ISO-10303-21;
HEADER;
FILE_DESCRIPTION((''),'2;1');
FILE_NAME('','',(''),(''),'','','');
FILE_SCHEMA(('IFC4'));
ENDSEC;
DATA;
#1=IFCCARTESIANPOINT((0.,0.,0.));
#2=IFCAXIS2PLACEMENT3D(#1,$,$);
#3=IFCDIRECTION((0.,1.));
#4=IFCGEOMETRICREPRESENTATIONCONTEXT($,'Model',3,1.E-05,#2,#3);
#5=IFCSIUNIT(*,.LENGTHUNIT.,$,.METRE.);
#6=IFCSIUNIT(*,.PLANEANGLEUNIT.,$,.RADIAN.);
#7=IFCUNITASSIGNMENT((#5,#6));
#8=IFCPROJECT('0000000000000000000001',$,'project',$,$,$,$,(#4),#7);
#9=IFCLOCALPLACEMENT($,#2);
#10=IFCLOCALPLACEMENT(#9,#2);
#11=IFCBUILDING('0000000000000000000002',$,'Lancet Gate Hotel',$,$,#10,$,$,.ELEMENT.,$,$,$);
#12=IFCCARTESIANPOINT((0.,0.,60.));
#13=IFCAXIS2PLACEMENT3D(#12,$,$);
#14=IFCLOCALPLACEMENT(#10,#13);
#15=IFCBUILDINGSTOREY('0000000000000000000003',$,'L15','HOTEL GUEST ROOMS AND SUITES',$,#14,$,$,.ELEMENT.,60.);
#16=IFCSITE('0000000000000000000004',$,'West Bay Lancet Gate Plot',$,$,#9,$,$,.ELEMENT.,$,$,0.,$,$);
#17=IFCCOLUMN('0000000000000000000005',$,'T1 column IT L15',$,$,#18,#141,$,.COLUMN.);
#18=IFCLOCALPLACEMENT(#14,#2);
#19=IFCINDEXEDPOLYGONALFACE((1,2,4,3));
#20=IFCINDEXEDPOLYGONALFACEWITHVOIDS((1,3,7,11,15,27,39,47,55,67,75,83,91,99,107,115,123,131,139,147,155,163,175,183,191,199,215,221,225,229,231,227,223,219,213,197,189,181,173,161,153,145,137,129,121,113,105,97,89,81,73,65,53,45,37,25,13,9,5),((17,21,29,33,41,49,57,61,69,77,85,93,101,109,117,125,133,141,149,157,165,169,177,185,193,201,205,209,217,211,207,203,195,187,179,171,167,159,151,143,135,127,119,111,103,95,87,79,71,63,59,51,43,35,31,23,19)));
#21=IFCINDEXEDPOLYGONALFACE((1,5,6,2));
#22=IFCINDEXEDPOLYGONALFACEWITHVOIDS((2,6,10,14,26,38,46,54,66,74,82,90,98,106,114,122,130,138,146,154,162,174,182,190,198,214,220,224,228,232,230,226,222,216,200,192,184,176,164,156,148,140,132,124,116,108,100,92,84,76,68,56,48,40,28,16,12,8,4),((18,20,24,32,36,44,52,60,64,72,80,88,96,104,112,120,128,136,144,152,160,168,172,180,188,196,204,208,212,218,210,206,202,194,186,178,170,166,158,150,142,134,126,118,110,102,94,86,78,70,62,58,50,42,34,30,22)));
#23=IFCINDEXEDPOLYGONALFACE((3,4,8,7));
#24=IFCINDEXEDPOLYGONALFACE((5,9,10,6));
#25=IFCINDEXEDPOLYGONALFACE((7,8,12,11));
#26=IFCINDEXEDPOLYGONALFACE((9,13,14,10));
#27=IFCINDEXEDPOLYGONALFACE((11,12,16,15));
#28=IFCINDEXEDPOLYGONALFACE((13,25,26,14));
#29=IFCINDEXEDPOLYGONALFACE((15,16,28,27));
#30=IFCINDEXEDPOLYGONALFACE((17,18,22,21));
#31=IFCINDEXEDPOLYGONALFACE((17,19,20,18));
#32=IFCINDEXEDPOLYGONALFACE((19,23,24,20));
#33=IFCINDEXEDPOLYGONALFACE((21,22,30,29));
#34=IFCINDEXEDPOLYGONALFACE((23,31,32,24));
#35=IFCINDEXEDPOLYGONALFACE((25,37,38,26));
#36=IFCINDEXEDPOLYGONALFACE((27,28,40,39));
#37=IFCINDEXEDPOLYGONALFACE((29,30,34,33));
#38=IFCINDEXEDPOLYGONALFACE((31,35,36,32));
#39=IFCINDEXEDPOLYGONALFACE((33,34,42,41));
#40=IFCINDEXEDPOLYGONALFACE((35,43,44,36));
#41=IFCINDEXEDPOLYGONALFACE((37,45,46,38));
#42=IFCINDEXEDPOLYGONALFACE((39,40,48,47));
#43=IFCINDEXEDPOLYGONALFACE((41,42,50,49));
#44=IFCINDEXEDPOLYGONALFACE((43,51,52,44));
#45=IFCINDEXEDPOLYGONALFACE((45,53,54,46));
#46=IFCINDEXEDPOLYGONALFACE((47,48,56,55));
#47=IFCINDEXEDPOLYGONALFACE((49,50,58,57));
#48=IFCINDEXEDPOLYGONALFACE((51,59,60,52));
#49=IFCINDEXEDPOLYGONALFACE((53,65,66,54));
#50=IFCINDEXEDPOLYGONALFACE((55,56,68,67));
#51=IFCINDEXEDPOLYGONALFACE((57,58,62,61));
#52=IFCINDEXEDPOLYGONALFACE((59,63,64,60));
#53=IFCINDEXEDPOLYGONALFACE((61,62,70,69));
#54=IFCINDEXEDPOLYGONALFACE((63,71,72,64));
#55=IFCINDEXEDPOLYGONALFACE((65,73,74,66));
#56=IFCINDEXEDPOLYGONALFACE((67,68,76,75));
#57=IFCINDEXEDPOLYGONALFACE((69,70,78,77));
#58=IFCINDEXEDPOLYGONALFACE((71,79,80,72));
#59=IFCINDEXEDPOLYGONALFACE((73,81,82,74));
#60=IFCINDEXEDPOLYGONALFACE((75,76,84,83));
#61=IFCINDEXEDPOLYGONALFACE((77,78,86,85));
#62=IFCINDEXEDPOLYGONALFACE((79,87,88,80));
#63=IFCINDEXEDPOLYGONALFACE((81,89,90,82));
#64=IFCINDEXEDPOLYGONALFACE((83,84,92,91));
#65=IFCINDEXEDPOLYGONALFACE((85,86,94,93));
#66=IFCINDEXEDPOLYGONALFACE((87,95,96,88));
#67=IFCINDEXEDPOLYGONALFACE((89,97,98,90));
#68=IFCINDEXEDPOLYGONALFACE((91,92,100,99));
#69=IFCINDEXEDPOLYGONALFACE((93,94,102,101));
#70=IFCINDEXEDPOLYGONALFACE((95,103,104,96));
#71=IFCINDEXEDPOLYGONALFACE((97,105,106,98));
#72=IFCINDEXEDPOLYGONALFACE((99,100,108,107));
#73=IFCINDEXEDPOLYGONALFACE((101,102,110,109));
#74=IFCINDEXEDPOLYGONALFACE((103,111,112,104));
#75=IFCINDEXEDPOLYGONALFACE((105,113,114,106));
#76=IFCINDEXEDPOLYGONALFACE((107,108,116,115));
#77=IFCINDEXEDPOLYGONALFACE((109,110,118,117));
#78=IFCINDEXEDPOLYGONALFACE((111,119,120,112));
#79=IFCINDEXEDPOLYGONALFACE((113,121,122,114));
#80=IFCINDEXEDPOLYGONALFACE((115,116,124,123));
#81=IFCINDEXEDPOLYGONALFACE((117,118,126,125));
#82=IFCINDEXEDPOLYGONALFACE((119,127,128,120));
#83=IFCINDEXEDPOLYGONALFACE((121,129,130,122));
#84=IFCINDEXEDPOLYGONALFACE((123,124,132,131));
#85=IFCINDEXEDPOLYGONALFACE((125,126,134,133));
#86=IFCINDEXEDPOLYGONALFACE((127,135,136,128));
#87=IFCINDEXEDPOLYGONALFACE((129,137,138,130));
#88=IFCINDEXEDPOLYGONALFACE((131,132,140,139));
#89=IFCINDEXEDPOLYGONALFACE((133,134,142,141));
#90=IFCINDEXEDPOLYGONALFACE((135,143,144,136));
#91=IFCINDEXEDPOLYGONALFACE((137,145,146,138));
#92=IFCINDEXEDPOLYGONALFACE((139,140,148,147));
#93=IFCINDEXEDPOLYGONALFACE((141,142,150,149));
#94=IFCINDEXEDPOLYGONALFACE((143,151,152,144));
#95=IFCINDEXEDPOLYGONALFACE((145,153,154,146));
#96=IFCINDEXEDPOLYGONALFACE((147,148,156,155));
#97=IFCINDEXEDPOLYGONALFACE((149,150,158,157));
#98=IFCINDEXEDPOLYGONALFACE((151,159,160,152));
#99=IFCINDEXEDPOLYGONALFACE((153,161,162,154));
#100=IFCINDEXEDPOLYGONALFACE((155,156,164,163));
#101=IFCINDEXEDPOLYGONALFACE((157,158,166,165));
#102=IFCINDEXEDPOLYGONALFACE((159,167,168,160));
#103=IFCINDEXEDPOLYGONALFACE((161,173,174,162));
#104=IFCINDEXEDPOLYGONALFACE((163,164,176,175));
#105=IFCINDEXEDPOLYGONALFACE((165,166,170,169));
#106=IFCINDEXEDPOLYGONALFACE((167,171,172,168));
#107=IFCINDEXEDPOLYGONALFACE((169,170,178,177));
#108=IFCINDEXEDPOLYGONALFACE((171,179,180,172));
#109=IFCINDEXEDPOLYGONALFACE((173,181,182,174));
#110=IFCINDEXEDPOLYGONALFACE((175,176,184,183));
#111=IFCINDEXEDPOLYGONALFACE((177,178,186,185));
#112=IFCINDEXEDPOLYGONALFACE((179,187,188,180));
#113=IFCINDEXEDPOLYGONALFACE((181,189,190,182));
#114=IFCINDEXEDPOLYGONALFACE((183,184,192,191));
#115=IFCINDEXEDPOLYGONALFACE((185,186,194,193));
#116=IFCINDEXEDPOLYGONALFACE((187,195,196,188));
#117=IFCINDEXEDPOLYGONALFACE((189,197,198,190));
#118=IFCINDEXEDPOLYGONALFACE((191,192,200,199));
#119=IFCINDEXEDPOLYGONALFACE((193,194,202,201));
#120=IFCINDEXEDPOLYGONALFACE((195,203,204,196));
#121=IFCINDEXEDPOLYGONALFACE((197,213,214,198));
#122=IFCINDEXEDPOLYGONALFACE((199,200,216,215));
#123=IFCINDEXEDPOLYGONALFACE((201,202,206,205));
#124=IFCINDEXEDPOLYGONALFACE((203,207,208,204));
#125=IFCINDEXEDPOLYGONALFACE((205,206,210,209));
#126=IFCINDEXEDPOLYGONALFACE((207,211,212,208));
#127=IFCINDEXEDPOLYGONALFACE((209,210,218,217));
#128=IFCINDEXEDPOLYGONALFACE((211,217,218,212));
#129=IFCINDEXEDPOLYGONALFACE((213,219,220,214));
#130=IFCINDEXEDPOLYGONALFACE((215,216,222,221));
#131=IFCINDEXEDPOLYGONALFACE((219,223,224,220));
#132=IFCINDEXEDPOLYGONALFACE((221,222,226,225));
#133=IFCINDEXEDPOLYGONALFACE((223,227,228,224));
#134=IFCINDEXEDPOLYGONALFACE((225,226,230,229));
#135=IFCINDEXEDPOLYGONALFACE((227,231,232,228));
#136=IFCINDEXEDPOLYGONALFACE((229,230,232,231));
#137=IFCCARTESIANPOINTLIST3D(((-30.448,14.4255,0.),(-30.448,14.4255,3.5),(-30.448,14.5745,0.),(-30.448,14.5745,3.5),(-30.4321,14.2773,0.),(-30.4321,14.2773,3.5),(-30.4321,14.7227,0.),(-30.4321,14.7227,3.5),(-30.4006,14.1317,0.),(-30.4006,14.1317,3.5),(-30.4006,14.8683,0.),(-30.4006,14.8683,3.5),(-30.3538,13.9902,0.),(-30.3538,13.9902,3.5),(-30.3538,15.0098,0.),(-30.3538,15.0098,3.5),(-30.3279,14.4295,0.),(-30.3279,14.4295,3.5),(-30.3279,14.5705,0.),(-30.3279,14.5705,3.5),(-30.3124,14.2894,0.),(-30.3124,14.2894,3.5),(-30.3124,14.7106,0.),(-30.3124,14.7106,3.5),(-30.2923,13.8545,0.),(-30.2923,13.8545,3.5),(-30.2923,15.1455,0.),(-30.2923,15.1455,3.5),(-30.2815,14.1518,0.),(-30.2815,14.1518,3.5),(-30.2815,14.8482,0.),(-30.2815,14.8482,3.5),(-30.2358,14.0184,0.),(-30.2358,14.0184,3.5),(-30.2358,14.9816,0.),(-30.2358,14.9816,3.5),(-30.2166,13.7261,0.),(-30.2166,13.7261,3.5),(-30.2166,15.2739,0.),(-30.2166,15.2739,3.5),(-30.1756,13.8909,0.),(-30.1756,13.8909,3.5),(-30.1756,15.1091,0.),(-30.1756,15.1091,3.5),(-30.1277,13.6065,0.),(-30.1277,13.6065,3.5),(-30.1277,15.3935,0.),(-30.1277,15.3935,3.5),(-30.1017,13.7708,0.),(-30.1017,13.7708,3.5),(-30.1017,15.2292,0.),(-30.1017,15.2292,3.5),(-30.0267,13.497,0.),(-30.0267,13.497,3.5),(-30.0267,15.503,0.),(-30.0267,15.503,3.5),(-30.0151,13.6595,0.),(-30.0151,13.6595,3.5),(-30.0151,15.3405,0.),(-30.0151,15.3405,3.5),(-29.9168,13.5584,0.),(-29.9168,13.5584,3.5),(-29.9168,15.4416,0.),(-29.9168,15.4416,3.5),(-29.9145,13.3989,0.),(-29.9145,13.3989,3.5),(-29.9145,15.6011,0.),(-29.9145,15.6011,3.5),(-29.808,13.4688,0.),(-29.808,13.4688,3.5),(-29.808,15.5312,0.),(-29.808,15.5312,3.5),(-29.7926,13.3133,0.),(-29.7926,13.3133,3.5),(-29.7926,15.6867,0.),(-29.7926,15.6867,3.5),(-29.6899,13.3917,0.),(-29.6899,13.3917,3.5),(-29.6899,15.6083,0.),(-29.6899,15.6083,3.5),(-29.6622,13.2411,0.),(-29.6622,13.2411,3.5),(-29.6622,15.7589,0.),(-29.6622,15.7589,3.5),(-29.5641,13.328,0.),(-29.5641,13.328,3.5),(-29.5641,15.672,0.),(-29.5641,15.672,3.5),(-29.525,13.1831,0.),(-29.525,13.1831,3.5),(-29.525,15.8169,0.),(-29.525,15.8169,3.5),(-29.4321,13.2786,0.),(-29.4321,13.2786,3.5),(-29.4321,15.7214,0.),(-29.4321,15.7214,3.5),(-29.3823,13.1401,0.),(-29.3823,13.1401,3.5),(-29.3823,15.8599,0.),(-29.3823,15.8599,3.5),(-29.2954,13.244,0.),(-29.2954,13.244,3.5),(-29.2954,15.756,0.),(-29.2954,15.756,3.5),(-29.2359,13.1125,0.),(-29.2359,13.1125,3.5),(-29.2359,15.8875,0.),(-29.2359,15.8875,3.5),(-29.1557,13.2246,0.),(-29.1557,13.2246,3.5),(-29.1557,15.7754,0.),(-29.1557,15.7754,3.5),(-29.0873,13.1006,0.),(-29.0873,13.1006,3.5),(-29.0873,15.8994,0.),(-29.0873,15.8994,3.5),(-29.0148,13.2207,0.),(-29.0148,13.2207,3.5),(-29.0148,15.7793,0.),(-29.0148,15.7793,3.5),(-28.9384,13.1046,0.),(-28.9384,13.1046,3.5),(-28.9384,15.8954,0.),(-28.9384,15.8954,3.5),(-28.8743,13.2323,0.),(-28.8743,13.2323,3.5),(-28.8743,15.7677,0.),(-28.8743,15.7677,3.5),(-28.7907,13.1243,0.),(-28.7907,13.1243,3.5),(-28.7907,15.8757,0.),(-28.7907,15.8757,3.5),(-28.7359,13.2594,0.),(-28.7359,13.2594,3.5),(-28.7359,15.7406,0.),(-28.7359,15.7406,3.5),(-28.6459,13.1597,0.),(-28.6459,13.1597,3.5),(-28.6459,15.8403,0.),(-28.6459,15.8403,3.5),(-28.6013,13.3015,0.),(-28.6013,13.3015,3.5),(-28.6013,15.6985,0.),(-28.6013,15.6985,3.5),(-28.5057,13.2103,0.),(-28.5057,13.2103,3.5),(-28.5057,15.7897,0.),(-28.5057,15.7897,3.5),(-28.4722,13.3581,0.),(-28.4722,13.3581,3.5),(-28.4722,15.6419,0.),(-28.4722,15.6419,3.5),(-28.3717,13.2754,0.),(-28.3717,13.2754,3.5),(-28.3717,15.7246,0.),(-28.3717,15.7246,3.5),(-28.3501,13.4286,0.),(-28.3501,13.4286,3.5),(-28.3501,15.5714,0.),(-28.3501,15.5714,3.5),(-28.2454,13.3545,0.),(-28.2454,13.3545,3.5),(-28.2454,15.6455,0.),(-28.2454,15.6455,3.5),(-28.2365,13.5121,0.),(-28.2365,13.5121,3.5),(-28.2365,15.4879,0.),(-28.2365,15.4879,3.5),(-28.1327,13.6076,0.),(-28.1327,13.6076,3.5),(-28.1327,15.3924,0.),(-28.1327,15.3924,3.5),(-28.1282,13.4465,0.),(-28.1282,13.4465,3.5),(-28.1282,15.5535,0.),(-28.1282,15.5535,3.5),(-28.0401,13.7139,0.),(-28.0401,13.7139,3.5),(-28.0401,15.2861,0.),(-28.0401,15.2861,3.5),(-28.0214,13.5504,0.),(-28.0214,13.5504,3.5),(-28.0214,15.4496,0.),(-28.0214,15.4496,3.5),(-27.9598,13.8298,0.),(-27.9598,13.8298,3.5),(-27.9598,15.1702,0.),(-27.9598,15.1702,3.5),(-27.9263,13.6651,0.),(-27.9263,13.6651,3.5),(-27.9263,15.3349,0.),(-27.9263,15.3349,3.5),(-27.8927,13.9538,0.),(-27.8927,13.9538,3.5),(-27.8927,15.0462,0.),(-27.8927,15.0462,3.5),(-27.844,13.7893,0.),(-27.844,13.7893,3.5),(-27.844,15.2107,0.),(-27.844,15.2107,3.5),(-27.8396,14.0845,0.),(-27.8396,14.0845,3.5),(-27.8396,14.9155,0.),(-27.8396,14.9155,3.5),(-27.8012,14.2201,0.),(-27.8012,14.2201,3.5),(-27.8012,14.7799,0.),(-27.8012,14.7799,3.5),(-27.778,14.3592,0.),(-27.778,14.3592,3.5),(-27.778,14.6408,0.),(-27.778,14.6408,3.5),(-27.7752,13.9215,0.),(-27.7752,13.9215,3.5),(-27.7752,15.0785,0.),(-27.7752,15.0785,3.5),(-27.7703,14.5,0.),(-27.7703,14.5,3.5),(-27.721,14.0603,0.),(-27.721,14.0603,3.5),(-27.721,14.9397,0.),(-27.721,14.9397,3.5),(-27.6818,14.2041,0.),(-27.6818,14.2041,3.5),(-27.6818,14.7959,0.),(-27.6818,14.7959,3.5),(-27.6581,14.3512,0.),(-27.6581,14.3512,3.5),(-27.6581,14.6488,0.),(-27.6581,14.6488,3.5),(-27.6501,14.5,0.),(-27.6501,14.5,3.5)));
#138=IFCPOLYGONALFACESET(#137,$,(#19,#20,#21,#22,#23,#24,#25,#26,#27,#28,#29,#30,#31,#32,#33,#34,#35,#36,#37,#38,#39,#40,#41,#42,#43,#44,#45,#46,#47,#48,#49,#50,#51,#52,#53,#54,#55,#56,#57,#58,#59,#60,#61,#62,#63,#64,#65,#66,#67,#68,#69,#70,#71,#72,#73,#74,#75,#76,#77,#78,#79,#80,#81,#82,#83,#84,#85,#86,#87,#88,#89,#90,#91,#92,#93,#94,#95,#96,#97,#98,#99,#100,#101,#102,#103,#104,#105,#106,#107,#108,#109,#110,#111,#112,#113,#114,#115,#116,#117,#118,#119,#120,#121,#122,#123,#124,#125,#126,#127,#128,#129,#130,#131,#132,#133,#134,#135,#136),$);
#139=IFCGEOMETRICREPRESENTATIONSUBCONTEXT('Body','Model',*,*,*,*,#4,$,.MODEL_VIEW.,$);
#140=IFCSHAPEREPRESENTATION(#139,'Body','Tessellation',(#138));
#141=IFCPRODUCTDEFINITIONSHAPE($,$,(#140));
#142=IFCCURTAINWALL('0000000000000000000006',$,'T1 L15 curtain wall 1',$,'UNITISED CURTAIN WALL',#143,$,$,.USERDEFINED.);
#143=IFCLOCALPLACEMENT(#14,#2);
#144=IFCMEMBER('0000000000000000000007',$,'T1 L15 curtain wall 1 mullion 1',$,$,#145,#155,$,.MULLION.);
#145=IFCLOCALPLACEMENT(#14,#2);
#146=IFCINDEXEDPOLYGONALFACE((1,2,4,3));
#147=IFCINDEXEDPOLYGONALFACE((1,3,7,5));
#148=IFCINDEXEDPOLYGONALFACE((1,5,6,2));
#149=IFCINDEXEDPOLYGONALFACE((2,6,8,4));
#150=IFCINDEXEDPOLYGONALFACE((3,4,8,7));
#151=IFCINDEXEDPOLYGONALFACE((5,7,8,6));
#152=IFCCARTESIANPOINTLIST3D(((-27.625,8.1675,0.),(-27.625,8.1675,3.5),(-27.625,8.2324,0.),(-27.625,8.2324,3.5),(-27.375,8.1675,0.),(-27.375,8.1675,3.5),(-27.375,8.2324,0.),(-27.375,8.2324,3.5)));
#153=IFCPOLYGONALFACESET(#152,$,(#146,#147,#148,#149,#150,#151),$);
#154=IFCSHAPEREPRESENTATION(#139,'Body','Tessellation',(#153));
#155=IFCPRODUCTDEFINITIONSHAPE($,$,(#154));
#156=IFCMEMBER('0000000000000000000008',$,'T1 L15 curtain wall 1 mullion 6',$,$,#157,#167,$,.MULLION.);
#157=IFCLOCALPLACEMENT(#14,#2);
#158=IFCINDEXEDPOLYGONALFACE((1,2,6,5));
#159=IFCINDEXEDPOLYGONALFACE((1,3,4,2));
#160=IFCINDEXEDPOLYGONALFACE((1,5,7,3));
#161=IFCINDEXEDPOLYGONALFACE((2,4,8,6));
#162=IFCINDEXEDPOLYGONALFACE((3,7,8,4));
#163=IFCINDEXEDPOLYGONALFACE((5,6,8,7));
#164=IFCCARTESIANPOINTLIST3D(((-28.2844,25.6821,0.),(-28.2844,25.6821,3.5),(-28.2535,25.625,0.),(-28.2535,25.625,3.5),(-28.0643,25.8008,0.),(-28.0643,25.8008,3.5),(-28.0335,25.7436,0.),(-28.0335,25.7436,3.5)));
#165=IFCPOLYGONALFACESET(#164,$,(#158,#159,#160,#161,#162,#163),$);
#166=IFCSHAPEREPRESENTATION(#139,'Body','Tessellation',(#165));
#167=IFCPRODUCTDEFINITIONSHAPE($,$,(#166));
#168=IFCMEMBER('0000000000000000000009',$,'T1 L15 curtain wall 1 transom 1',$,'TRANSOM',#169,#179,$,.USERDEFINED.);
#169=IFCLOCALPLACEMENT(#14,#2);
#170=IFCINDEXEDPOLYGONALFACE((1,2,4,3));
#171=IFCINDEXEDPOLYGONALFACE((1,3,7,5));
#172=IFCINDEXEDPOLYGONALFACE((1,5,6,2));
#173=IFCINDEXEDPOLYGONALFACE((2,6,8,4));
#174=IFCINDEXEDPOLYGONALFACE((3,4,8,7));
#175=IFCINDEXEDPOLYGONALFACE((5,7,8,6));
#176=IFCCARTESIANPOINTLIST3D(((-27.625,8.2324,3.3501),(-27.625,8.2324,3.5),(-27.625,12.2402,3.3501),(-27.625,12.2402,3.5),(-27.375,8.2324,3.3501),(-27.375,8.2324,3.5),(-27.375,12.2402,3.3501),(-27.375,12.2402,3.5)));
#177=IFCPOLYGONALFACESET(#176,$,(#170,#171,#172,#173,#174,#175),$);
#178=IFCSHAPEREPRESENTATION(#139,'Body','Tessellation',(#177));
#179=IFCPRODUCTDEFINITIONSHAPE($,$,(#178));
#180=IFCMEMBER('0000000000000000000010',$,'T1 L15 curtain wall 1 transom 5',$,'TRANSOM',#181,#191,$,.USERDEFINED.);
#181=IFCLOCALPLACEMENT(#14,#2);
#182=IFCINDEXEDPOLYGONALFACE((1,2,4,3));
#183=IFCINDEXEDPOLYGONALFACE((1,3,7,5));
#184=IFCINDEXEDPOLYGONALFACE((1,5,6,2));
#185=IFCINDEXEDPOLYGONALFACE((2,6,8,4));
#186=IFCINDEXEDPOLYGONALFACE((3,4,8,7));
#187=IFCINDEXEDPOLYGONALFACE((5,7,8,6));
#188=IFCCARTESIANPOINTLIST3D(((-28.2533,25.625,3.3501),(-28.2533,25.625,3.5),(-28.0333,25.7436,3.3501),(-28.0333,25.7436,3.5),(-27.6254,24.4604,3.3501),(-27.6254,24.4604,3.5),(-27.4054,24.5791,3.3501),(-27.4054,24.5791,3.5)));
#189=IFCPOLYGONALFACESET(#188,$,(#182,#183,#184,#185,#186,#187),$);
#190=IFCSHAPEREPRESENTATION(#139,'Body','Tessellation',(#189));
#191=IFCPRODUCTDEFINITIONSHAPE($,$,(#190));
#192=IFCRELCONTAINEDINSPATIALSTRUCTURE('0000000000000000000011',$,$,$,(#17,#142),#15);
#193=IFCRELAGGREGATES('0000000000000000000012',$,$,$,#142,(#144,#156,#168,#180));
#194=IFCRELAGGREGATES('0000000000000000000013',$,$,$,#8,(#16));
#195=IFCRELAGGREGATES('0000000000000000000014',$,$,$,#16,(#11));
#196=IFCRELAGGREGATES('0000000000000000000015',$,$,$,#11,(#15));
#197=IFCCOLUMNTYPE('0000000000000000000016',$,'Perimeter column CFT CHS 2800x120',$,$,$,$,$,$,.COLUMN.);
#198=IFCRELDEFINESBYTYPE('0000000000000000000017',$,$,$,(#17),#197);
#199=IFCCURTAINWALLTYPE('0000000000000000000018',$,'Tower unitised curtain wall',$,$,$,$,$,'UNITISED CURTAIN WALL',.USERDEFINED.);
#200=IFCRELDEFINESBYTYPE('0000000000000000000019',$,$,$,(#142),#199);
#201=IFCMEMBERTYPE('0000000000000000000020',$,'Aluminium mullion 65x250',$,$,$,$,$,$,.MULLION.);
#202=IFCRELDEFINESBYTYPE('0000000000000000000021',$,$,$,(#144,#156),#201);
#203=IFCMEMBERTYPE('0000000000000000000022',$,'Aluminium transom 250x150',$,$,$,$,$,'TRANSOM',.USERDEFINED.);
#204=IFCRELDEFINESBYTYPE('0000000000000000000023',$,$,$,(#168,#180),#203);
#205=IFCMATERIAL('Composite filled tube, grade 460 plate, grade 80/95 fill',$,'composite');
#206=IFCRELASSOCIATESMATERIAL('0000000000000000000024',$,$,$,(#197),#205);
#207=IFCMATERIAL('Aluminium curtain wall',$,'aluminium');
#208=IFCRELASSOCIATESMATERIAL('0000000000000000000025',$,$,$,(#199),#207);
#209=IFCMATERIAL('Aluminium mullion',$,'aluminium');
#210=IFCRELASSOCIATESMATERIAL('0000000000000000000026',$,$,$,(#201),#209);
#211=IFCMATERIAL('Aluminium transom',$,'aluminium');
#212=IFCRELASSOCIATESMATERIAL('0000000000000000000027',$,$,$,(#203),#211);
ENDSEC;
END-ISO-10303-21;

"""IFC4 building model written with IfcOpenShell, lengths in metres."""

from ifc_helpers import new_model, si_unit, direction, frame, origin, origin_2d, place, context, subcontext, project, spatial, rectangle, hollow_circle, extrude, material, material_profile, profile_set, type_object, element, aggregate, save


model = new_model("IFC4")

# Units and contexts
model_context = context("Model", 3, precision=1e-05, world=origin(), true_north=direction((0.0, 1.0)))
body_context = subcontext(model_context, "Body", "Model", "MODEL_VIEW")
ifc_project = project(units=[si_unit("LENGTHUNIT", "METRE"), si_unit("PLANEANGLEUNIT", "RADIAN")], contexts=[model_context])

# Site, building, storey
site_placement = place(None, origin())
site = spatial("IfcSite", under=ifc_project, at=site_placement, Name="West Bay Lancet Gate Plot", CompositionType="ELEMENT", RefElevation=0.0)
building_placement = place(site_placement, origin())
building = spatial("IfcBuilding", under=site, at=building_placement, Name="Lancet Gate Hotel", CompositionType="ELEMENT")
storey_placement = place(building_placement, frame((0.0, 0.0, 60.0)))
storey = spatial("IfcBuildingStorey", under=building, at=storey_placement, Name="L15", Description="HOTEL GUEST ROOMS AND SUITES", CompositionType="ELEMENT", Elevation=60.0)

# Column
ifc_material_1 = material(Name="Composite filled tube, grade 460 plate, grade 80/95 fill", Category="composite")
ifc_material_profile_1 = material_profile(ifc_material_1, hollow_circle(Radius=1.3999, WallThickness=0.1201, at=origin_2d()), Name="CHS 2800x120")
ifc_profile_set_1 = profile_set([ifc_material_profile_1], Name="Composite filled tube, grade 460 plate, grade 80/95 fill")
column_type = type_object("IfcColumnType", Name="Perimeter column CFT CHS 2800x120", PredefinedType="COLUMN", material=ifc_profile_set_1)
for number, where, z_axis, x_axis, name in (
    (1, (-29.05, 14.5, 0.0), (0.0, 0.0, 1.0), (1.0, 0.0, 0.0), "T1 column IT L15"),
):
    element("IfcColumn", number, at=place(storey_placement, frame(where, z_axis=z_axis, x_axis=x_axis)), inside=storey, type_object=column_type, Name=name, PredefinedType="COLUMN", context=body_context, shape_type="SweptSolid", body=[
        extrude(hollow_circle(Radius=1.3999, WallThickness=0.1201, at=origin_2d()), origin(), (0.0, 0.0, 1.0), 3.5),
    ])

# Curtain wall, members
ifc_material_2 = material(Name="Aluminium curtain wall", Category="aluminium")
curtain_wall_type = type_object("IfcCurtainWallType", Name="Tower unitised curtain wall", ElementType="UNITISED CURTAIN WALL", PredefinedType="USERDEFINED", material=ifc_material_2)
curtain_wall_placement = place(storey_placement, origin())
curtain_wall = element("IfcCurtainWall", 2, at=curtain_wall_placement, inside=storey, type_object=curtain_wall_type, Name="T1 L15 curtain wall 1", ObjectType="UNITISED CURTAIN WALL", PredefinedType="USERDEFINED")
ifc_material_3 = material(Name="Aluminium mullion", Category="aluminium")
ifc_material_profile_2 = material_profile(ifc_material_3, rectangle(XDim=0.0649, YDim=0.25, at=origin_2d()), Name="MULLION 65x250")
ifc_profile_set_2 = profile_set([ifc_material_profile_2], Name="Aluminium mullion")
member_type_1 = type_object("IfcMemberType", Name="Aluminium mullion 65x250", PredefinedType="MULLION", material=ifc_profile_set_2)
member_1_placement = place(storey_placement, frame((-27.5, 8.2, 0.0), z_axis=(0.0, 0.0, 1.0), x_axis=(0.0, 1.0, 0.0)))
member_1 = element("IfcMember", 3, at=member_1_placement, type_object=member_type_1, Name="T1 L15 curtain wall 1 mullion 1", PredefinedType="MULLION", context=body_context, shape_type="SweptSolid", body=[
    extrude(rectangle(XDim=0.0649, YDim=0.25, at=origin_2d()), origin(), (0.0, 0.0, 1.0), 3.5),
])
member_2_placement = place(storey_placement, frame((-28.1589, 25.7129, 0.0), z_axis=(0.0, 0.0, 1.0), x_axis=(-0.474631, 0.880185, 0.0)))
member_2 = element("IfcMember", 4, at=member_2_placement, type_object=member_type_1, Name="T1 L15 curtain wall 1 mullion 6", PredefinedType="MULLION", context=body_context, shape_type="SweptSolid", body=[
    extrude(rectangle(XDim=0.0649, YDim=0.25, at=origin_2d()), origin(), (0.0, 0.0, 1.0), 3.5),
])
ifc_material_4 = material(Name="Aluminium transom", Category="aluminium")
ifc_material_profile_3 = material_profile(ifc_material_4, rectangle(XDim=0.25, YDim=0.1499, at=origin_2d()), Name="TRANSOM 250x150")
ifc_profile_set_3 = profile_set([ifc_material_profile_3], Name="Aluminium transom")
member_type_2 = type_object("IfcMemberType", Name="Aluminium transom 250x150", ElementType="TRANSOM", PredefinedType="USERDEFINED", material=ifc_profile_set_3)
member_3_placement = place(storey_placement, frame((-27.5, 8.2324, 3.425), z_axis=(0.0, 1.0, 0.0), x_axis=(-1.0, 0.0, 0.0)))
member_3 = element("IfcMember", 5, at=member_3_placement, type_object=member_type_2, Name="T1 L15 curtain wall 1 transom 1", ObjectType="TRANSOM", PredefinedType="USERDEFINED", context=body_context, shape_type="SweptSolid", body=[
    extrude(rectangle(XDim=0.25, YDim=0.1499, at=origin_2d()), origin(), (0.0, 0.0, 1.0), 4.0078),
])
member_4_placement = place(storey_placement, frame((-27.5154, 24.5198, 3.425), z_axis=(-0.474606, 0.880198, 0.0), x_axis=(-0.880198, -0.474606, 0.0)))
member_4 = element("IfcMember", 6, at=member_4_placement, type_object=member_type_2, Name="T1 L15 curtain wall 1 transom 5", ObjectType="TRANSOM", PredefinedType="USERDEFINED", context=body_context, shape_type="SweptSolid", body=[
    extrude(rectangle(XDim=0.25, YDim=0.1499, at=origin_2d()), origin(), (0.0, 0.0, 1.0), 1.323),
])

aggregate(curtain_wall, [member_1, member_2, member_3, member_4])

save(model, "model.ifc")
